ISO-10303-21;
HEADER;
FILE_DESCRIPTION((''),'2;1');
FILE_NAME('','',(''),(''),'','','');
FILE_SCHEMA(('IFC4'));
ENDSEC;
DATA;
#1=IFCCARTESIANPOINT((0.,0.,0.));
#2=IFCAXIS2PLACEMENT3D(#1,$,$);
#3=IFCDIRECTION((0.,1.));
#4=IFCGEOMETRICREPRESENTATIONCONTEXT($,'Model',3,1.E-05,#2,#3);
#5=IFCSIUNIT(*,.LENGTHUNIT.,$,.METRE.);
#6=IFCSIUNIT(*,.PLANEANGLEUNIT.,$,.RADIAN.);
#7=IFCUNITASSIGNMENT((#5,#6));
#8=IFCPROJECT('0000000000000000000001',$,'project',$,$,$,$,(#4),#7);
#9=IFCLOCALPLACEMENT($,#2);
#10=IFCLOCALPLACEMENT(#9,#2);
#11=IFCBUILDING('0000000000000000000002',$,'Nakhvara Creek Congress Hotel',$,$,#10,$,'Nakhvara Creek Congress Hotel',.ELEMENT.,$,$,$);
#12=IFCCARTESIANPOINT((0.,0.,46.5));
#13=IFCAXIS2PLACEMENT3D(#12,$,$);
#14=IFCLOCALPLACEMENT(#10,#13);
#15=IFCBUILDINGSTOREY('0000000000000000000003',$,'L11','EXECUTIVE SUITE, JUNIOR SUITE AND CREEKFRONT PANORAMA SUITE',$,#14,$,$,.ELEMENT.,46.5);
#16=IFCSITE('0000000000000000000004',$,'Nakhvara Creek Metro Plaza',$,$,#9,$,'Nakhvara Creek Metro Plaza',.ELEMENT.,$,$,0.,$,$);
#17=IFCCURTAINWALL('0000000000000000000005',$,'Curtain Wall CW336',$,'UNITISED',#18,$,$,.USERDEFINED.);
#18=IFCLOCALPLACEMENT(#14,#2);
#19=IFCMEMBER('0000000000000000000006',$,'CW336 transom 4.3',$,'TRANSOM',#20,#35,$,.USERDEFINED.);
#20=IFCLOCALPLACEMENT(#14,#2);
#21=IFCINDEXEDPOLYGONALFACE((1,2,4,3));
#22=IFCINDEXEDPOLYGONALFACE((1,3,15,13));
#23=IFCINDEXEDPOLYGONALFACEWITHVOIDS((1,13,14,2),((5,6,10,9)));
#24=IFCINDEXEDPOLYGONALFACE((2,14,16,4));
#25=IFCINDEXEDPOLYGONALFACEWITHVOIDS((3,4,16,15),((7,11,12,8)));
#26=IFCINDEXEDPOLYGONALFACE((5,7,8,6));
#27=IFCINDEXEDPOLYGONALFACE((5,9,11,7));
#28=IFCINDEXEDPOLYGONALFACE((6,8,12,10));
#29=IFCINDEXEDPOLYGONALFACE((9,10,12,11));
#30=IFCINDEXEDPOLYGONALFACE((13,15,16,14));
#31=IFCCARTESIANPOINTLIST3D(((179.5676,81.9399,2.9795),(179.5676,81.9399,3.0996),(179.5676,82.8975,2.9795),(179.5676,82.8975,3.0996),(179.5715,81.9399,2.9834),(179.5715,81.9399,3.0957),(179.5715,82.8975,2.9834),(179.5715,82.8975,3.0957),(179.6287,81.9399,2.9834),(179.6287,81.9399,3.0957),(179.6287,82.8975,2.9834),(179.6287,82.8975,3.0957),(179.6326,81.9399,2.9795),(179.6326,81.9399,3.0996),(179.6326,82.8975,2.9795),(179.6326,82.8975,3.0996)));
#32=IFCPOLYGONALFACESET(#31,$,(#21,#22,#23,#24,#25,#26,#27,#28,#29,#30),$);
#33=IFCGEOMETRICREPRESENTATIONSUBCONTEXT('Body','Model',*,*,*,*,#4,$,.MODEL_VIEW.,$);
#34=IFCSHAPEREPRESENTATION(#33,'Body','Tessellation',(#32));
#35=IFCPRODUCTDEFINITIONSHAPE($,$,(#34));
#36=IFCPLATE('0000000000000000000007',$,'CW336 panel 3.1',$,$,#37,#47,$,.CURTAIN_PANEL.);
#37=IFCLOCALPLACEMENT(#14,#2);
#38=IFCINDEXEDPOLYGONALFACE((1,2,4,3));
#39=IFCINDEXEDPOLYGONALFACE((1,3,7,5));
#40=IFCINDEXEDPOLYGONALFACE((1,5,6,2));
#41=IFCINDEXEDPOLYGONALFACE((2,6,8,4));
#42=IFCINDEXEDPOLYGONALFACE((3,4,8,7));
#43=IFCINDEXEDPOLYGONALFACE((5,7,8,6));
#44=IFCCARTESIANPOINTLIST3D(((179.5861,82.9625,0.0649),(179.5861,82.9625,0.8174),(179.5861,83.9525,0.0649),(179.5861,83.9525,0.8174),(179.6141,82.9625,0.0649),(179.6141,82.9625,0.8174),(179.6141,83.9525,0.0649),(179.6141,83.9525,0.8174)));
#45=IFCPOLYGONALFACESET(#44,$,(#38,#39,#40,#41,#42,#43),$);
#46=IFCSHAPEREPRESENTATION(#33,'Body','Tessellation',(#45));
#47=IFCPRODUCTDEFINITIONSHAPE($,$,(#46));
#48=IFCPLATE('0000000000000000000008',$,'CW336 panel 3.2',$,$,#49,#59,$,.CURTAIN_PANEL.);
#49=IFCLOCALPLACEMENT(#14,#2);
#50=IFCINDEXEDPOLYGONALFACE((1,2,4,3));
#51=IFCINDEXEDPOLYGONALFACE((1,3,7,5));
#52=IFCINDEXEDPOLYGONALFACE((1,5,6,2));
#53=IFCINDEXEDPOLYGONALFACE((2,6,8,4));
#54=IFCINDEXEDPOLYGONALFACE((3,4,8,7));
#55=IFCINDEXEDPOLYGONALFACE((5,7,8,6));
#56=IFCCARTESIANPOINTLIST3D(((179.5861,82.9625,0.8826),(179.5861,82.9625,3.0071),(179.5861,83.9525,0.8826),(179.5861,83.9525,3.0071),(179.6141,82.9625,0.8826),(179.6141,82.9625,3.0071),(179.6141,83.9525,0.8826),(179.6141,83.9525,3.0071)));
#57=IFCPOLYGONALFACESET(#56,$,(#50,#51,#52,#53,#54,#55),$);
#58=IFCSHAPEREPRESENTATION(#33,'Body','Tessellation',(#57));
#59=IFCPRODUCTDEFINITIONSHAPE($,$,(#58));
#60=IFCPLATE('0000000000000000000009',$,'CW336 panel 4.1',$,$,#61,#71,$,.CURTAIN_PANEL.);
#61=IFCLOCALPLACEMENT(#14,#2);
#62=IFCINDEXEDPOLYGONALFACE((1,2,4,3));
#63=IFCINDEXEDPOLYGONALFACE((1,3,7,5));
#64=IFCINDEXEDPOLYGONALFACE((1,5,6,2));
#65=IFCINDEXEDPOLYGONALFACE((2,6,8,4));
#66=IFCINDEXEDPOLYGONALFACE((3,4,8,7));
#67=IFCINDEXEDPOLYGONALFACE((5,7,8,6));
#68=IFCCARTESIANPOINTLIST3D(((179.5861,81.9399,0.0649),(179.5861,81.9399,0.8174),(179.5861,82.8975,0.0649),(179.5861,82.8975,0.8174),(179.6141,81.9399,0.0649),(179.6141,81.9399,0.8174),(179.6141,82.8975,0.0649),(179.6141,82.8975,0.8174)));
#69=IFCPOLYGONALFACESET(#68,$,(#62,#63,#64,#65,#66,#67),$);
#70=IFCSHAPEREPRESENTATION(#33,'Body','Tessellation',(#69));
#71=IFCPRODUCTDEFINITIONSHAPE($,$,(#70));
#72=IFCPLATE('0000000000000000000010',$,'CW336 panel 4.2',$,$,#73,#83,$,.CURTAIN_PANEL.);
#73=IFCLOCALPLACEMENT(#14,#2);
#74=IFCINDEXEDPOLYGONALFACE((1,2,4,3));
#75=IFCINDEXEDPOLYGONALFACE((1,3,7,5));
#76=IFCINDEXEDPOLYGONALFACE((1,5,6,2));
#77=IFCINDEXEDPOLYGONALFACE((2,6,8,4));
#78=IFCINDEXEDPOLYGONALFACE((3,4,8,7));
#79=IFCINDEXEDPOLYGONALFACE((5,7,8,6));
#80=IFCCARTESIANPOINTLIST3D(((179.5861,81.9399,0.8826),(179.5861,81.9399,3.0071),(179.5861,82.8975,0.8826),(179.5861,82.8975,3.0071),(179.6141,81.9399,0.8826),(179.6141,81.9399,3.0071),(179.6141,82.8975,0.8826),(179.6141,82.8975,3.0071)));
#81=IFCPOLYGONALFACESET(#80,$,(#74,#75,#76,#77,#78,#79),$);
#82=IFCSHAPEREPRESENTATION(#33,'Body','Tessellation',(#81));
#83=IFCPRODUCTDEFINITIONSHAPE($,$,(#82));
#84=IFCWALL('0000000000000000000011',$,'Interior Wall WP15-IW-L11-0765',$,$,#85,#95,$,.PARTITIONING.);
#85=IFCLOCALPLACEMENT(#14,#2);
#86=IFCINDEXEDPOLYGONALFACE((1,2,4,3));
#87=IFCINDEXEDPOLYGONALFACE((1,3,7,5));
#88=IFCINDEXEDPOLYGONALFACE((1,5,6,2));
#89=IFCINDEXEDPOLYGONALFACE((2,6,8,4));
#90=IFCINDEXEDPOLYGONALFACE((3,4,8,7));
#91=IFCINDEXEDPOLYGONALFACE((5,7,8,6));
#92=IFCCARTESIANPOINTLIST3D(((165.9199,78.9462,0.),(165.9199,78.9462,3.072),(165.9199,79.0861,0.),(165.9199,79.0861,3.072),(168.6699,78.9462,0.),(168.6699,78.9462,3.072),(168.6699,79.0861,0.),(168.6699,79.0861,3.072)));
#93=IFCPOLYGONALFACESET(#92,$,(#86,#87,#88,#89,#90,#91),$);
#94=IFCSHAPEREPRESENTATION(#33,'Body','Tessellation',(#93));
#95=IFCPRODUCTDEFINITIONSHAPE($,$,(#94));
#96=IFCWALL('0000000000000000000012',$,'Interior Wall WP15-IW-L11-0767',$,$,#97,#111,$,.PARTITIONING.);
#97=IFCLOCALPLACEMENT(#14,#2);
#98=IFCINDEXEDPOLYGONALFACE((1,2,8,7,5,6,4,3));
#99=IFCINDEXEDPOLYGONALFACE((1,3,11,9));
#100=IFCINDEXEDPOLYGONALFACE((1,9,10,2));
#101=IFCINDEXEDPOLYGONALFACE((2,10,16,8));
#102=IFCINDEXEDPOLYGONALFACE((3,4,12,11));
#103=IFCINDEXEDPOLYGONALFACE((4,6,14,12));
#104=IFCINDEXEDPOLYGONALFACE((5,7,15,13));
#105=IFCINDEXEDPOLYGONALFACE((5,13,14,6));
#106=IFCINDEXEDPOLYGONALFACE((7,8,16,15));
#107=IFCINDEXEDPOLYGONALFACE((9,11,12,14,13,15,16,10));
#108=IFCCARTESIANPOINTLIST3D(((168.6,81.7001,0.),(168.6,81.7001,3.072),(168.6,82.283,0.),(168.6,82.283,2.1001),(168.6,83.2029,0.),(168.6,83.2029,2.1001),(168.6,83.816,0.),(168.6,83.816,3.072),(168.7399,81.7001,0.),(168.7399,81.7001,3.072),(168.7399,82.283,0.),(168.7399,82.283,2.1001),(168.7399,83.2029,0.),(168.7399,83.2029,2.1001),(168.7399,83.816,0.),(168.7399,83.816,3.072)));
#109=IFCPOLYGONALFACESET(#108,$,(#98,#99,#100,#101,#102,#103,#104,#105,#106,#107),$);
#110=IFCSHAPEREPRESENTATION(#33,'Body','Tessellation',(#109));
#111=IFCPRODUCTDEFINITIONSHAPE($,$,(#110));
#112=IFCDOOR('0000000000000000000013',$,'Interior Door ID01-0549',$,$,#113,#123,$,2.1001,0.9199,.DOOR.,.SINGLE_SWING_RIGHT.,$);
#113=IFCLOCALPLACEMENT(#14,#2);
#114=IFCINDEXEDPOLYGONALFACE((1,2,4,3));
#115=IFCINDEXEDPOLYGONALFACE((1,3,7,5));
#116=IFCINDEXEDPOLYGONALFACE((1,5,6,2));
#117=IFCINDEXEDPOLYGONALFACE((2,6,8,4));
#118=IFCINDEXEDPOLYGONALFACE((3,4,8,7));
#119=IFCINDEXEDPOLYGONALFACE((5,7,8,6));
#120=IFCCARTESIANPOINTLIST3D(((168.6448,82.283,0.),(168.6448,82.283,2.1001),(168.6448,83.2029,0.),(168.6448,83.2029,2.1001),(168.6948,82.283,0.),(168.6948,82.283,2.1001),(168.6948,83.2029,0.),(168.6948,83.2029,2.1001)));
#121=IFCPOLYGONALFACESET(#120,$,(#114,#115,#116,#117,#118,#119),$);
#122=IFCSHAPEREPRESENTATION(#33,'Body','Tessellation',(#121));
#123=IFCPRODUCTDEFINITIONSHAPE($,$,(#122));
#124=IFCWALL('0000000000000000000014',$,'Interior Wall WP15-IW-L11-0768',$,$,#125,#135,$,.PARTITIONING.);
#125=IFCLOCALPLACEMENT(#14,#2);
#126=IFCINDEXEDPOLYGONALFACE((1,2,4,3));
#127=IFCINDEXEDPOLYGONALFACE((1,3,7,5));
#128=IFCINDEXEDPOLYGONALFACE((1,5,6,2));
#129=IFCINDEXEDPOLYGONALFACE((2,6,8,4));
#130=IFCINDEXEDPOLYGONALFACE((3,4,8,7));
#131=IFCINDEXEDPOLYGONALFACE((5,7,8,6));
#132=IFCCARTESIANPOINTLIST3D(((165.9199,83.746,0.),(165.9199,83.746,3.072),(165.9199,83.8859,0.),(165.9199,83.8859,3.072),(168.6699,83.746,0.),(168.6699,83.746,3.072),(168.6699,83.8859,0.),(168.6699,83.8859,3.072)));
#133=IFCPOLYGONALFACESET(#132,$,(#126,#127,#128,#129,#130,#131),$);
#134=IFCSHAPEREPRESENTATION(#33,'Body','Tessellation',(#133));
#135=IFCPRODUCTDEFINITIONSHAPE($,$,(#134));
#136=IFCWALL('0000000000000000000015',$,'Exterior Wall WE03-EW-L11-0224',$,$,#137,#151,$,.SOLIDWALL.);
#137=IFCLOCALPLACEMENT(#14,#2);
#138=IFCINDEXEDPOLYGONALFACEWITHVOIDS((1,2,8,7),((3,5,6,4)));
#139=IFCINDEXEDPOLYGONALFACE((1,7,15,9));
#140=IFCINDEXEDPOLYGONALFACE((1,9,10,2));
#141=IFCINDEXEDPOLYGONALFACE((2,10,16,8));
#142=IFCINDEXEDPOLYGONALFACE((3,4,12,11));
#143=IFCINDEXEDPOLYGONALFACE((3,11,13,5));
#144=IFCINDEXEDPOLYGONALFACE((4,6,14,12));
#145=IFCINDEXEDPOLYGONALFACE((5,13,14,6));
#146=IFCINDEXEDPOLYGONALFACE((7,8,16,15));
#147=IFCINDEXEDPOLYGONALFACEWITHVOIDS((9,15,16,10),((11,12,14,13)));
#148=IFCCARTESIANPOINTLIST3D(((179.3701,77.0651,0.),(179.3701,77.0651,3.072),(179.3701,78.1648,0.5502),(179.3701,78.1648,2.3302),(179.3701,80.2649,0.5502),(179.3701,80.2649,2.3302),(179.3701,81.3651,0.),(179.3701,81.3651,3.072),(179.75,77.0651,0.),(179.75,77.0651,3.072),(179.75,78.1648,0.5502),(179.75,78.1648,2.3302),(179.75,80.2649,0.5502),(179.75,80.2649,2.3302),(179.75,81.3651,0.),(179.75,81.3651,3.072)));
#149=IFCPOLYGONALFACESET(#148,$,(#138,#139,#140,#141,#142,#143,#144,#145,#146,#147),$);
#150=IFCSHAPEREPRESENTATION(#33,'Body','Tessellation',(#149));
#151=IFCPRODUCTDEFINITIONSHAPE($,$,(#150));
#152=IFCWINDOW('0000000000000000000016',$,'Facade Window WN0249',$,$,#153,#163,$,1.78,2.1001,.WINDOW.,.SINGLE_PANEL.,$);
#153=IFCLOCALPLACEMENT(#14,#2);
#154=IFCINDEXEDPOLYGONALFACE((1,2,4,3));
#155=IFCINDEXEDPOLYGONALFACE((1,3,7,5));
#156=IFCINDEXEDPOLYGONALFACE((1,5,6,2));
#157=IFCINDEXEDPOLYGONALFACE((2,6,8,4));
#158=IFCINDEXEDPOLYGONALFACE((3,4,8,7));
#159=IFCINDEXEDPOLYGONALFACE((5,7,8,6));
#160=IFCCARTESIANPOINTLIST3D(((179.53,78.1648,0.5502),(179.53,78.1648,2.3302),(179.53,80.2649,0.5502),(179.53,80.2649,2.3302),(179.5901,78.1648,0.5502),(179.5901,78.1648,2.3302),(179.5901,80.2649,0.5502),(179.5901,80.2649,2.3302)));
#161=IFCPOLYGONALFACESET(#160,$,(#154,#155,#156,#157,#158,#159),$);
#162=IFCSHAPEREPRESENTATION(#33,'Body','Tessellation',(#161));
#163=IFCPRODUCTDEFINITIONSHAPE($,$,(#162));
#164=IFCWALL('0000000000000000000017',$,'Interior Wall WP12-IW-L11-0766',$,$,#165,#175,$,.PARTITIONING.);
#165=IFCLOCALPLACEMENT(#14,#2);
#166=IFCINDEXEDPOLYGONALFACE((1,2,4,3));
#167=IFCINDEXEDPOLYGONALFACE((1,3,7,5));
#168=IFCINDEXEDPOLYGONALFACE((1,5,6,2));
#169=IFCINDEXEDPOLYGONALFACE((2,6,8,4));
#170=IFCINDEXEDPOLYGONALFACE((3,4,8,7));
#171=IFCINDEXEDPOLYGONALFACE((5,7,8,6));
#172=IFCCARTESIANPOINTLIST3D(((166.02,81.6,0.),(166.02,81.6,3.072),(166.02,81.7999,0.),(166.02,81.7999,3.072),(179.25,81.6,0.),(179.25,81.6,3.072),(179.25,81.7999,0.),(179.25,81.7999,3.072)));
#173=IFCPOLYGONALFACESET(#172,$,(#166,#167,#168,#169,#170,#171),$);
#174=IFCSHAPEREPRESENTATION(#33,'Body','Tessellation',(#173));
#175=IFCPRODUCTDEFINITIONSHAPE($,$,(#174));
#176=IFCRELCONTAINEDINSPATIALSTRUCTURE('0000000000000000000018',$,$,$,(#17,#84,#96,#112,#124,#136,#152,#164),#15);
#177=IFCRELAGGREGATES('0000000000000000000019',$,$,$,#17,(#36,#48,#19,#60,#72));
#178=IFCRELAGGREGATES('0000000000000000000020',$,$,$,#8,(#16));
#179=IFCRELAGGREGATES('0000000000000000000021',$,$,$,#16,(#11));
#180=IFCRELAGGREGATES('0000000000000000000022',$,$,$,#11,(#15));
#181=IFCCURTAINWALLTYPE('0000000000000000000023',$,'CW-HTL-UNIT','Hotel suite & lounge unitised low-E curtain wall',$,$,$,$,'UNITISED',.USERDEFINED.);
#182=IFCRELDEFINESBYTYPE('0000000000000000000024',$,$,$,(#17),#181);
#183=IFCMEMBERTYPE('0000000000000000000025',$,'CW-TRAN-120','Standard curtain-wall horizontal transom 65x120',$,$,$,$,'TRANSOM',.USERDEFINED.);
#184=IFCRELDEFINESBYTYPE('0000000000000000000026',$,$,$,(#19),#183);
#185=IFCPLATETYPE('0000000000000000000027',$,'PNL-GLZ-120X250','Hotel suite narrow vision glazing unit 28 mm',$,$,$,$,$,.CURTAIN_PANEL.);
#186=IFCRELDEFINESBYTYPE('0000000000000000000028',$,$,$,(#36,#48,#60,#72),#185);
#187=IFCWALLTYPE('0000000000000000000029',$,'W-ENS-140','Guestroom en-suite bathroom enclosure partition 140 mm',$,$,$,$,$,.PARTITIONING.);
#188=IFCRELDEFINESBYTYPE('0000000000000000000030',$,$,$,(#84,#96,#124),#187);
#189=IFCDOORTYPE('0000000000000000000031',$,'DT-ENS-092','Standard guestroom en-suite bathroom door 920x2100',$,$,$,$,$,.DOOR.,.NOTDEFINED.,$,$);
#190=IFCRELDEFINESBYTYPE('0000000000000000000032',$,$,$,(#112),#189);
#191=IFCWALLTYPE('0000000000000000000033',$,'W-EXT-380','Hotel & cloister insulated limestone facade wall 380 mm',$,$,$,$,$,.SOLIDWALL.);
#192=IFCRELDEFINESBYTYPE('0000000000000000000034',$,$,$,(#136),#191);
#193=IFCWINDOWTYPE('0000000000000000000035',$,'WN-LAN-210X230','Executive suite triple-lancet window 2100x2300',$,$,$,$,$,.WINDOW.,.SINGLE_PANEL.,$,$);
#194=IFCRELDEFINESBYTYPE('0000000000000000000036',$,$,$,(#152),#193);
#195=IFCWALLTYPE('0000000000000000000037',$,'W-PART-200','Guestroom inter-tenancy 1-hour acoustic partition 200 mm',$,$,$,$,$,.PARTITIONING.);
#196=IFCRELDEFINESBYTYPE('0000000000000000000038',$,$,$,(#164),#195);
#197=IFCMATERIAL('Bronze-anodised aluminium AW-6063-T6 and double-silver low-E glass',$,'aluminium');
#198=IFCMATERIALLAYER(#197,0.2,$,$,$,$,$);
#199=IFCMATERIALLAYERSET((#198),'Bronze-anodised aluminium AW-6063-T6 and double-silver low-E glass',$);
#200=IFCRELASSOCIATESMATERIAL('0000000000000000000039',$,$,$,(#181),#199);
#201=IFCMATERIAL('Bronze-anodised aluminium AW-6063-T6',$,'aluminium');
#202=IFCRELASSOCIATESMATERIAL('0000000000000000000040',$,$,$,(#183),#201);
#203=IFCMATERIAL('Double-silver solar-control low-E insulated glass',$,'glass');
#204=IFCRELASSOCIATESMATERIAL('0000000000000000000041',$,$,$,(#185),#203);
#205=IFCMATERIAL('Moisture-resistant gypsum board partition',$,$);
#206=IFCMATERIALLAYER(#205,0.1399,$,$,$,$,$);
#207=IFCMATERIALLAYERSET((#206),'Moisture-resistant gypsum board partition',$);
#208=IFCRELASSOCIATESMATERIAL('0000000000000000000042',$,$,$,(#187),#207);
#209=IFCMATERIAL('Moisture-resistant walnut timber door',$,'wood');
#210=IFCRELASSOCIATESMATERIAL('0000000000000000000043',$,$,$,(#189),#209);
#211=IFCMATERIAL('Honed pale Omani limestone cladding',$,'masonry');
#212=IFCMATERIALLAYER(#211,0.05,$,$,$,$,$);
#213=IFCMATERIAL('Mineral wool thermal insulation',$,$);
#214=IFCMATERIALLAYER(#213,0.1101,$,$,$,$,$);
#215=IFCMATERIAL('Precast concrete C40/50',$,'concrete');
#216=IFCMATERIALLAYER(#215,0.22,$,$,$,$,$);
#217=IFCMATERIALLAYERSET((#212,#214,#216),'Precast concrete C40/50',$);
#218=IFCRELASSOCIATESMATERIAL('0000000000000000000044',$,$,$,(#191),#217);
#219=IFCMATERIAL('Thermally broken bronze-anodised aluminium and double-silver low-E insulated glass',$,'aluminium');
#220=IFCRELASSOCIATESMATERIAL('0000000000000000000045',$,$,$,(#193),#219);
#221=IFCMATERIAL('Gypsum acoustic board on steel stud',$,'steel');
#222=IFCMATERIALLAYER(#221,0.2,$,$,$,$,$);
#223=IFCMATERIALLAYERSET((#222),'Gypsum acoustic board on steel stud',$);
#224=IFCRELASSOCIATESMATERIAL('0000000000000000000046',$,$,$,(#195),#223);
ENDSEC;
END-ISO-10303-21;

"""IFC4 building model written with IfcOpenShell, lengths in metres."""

from ifc_helpers import new_model, si_unit, direction, frame, frame_2d, origin, origin_2d, place, context, subcontext, project, spatial, rectangle, hollow_rectangle, extrude, material, layer, layer_set, material_profile, profile_set, type_object, element, fill, aggregate, save


model = new_model("IFC4")

# Units and contexts
model_context = context("Model", 3, precision=1e-05, world=origin(), true_north=direction((0.0, 1.0)))
body_context = subcontext(model_context, "Body", "Model", "MODEL_VIEW")
ifc_project = project(units=[si_unit("LENGTHUNIT", "METRE"), si_unit("PLANEANGLEUNIT", "RADIAN")], contexts=[model_context])

# Site, building, storey
site_placement = place(None, origin())
site = spatial("IfcSite", under=ifc_project, at=site_placement, Name="Nakhvara Creek Metro Plaza", LongName="Nakhvara Creek Metro Plaza", CompositionType="ELEMENT", RefElevation=0.0)
building_placement = place(site_placement, origin())
building = spatial("IfcBuilding", under=site, at=building_placement, Name="Nakhvara Creek Congress Hotel", LongName="Nakhvara Creek Congress Hotel", CompositionType="ELEMENT")
storey_placement = place(building_placement, frame((0.0, 0.0, 46.5)))
storey = spatial("IfcBuildingStorey", under=building, at=storey_placement, Name="L11", Description="EXECUTIVE SUITE, JUNIOR SUITE AND CREEKFRONT PANORAMA SUITE", CompositionType="ELEMENT", Elevation=46.5)

# Curtain wall, member, plates
ifc_material_1 = material(Name="Bronze-anodised aluminium AW-6063-T6 and double-silver low-E glass", Category="aluminium")
ifc_layer_1 = layer(ifc_material_1, 0.2)
ifc_layer_set_1 = layer_set([ifc_layer_1], Name="Bronze-anodised aluminium AW-6063-T6 and double-silver low-E glass")
curtain_wall_type = type_object("IfcCurtainWallType", Name="CW-HTL-UNIT", Description="Hotel suite & lounge unitised low-E curtain wall", ElementType="UNITISED", PredefinedType="USERDEFINED", material=ifc_layer_set_1)
curtain_wall_placement = place(storey_placement, origin())
curtain_wall = element("IfcCurtainWall", 1, at=curtain_wall_placement, inside=storey, type_object=curtain_wall_type, Name="Curtain Wall CW336", ObjectType="UNITISED", PredefinedType="USERDEFINED")
ifc_material_2 = material(Name="Bronze-anodised aluminium AW-6063-T6", Category="aluminium")
ifc_material_profile_1 = material_profile(ifc_material_2, hollow_rectangle(XDim=0.0649, YDim=0.1201, WallThickness=0.0039, at=origin_2d()), Name="ALU-TRAN 65x120x4", Category="LoadBearing")
ifc_profile_set_1 = profile_set([ifc_material_profile_1], Name="Bronze-anodised aluminium AW-6063-T6")
member_type_1 = type_object("IfcMemberType", Name="CW-TRAN-120", Description="Standard curtain-wall horizontal transom 65x120", ElementType="TRANSOM", PredefinedType="USERDEFINED", material=ifc_profile_set_1)
member_1_placement = place(storey_placement, frame((179.6001, 82.8975, 3.0396), z_axis=(0.0, -1.0, 0.0), x_axis=(1.0, 0.0, 0.0)))
member_1 = element("IfcMember", 2, at=member_1_placement, type_object=member_type_1, Name="CW336 transom 4.3", ObjectType="TRANSOM", PredefinedType="USERDEFINED", context=body_context, shape_type="SweptSolid", body=[
    extrude(hollow_rectangle(XDim=0.0649, YDim=0.1201, WallThickness=0.0039, at=origin_2d()), origin(), (0.0, 0.0, 1.0), 0.9575),
])
ifc_material_3 = material(Name="Double-silver solar-control low-E insulated glass", Category="glass")
plate_type = type_object("IfcPlateType", Name="PNL-GLZ-120X250", Description="Hotel suite narrow vision glazing unit 28 mm", PredefinedType="CURTAIN_PANEL", material=ifc_material_3)
plate_1_placement = place(storey_placement, frame((179.6001, 83.4575, 0.0649), z_axis=(0.0, 0.0, 1.0), x_axis=(0.0, -1.0, 0.0)))
plate_1 = element("IfcPlate", 3, at=plate_1_placement, type_object=plate_type, Name="CW336 panel 3.1", PredefinedType="CURTAIN_PANEL", context=body_context, shape_type="SweptSolid", body=[
    extrude(rectangle(XDim=0.99, YDim=0.0281, at=origin_2d()), origin(), (0.0, 0.0, 1.0), 0.7524),
])
plate_2_placement = place(storey_placement, frame((179.6001, 83.4575, 0.8826), z_axis=(0.0, 0.0, 1.0), x_axis=(0.0, -1.0, 0.0)))
plate_2 = element("IfcPlate", 4, at=plate_2_placement, type_object=plate_type, Name="CW336 panel 3.2", PredefinedType="CURTAIN_PANEL", context=body_context, shape_type="SweptSolid", body=[
    extrude(rectangle(XDim=0.99, YDim=0.0281, at=origin_2d()), origin(), (0.0, 0.0, 1.0), 2.1245),
])
plate_3_placement = place(storey_placement, frame((179.6001, 82.4187, 0.0649), z_axis=(0.0, 0.0, 1.0), x_axis=(0.0, -1.0, 0.0)))
plate_3 = element("IfcPlate", 5, at=plate_3_placement, type_object=plate_type, Name="CW336 panel 4.1", PredefinedType="CURTAIN_PANEL", context=body_context, shape_type="SweptSolid", body=[
    extrude(rectangle(XDim=0.9575, YDim=0.0281, at=origin_2d()), origin(), (0.0, 0.0, 1.0), 0.7524),
])
plate_4_placement = place(storey_placement, frame((179.6001, 82.4187, 0.8826), z_axis=(0.0, 0.0, 1.0), x_axis=(0.0, -1.0, 0.0)))
plate_4 = element("IfcPlate", 6, at=plate_4_placement, type_object=plate_type, Name="CW336 panel 4.2", PredefinedType="CURTAIN_PANEL", context=body_context, shape_type="SweptSolid", body=[
    extrude(rectangle(XDim=0.9575, YDim=0.0281, at=origin_2d()), origin(), (0.0, 0.0, 1.0), 2.1245),
])
aggregate(curtain_wall, [plate_1, plate_2, member_1, plate_3, plate_4])

# Wall
ifc_material_4 = material(Name="Moisture-resistant gypsum board partition")
ifc_layer_2 = layer(ifc_material_4, 0.1399)
ifc_layer_set_2 = layer_set([ifc_layer_2], Name="Moisture-resistant gypsum board partition")
wall_type_1 = type_object("IfcWallType", Name="W-ENS-140", Description="Guestroom en-suite bathroom enclosure partition 140 mm", PredefinedType="PARTITIONING", material=ifc_layer_set_2)
wall_1_placement = place(storey_placement, frame((165.9199, 79.0161, 0.0), z_axis=(0.0, 0.0, 1.0), x_axis=(1.0, 0.0, 0.0)))
element("IfcWall", 7, at=wall_1_placement, inside=storey, type_object=wall_type_1, Name="Interior Wall WP15-IW-L11-0765", PredefinedType="PARTITIONING", context=body_context, shape_type="SweptSolid", body=[
    extrude(rectangle(XDim=2.75, YDim=0.1399, at=frame_2d((1.375, 0.0))), origin(), (0.0, 0.0, 1.0), 3.072),
])

# Wall, opening, door
wall_2_placement = place(storey_placement, frame((168.6699, 81.7, 0.0), z_axis=(0.0, 0.0, 1.0), x_axis=(0.0, 1.0, 0.0)))
wall_2 = element("IfcWall", 8, at=wall_2_placement, inside=storey, type_object=wall_type_1, Name="Interior Wall WP15-IW-L11-0767", PredefinedType="PARTITIONING", context=body_context, shape_type="SweptSolid", body=[
    extrude(rectangle(XDim=2.116, YDim=0.1399, at=frame_2d((1.0581, 0.0))), origin(), (0.0, 0.0, 1.0), 3.072),
])
opening_1_placement = place(wall_2_placement, frame((0.583, 0.0, 0.0)))
opening_1 = element("IfcOpeningElement", 9, at=opening_1_placement, cuts=wall_2, PredefinedType="OPENING", context=body_context, shape_type="SweptSolid", body=[
    extrude(rectangle(XDim=0.9199, YDim=2.1001, at=frame_2d((0.46, 1.05))), frame((0.0, 0.082, 0.0), z_axis=(0.0, -1.0, 0.0), x_axis=(1.0, 0.0, 0.0)), (0.0, 0.0, 1.0), 0.1638),
])
ifc_material_5 = material(Name="Moisture-resistant walnut timber door", Category="wood")
door_type_1 = type_object("IfcDoorType", Name="DT-ENS-092", Description="Standard guestroom en-suite bathroom door 920x2100", OperationType="NOTDEFINED", PredefinedType="DOOR", material=ifc_material_5)
door_1_placement = place(opening_1_placement, frame((0.9199, 0.0, 0.0), z_axis=(0.0, 0.0, 1.0), x_axis=(-1.0, 0.0, 0.0)))
door_1 = element("IfcDoor", 10, at=door_1_placement, inside=storey, type_object=door_type_1, Name="Interior Door ID01-0549", OperationType="SINGLE_SWING_RIGHT", OverallHeight=2.1001, OverallWidth=0.9199, PredefinedType="DOOR", context=body_context, shape_type="SweptSolid", body=[
    extrude(rectangle(XDim=0.9199, YDim=2.1001, at=frame_2d((0.46, 1.05))), frame((0.0, 0.0249, 0.0), z_axis=(0.0, -1.0, 0.0), x_axis=(1.0, 0.0, 0.0)), (0.0, 0.0, 1.0), 0.05),
])
fill(opening_1, door_1)

# Wall
wall_3_placement = place(storey_placement, frame((165.9199, 83.8159, 0.0), z_axis=(0.0, 0.0, 1.0), x_axis=(1.0, 0.0, 0.0)))
element("IfcWall", 11, at=wall_3_placement, inside=storey, type_object=wall_type_1, Name="Interior Wall WP15-IW-L11-0768", PredefinedType="PARTITIONING", context=body_context, shape_type="SweptSolid", body=[
    extrude(rectangle(XDim=2.75, YDim=0.1399, at=frame_2d((1.375, 0.0))), origin(), (0.0, 0.0, 1.0), 3.072),
])

# Wall, opening, window
ifc_material_6 = material(Name="Honed pale Omani limestone cladding", Category="masonry")
ifc_layer_3 = layer(ifc_material_6, 0.05)
ifc_material_7 = material(Name="Mineral wool thermal insulation")
ifc_layer_4 = layer(ifc_material_7, 0.1101)
ifc_material_8 = material(Name="Precast concrete C40/50", Category="concrete")
ifc_layer_5 = layer(ifc_material_8, 0.22)
ifc_layer_set_3 = layer_set([ifc_layer_3, ifc_layer_4, ifc_layer_5], Name="Precast concrete C40/50")
wall_type_2 = type_object("IfcWallType", Name="W-EXT-380", Description="Hotel & cloister insulated limestone facade wall 380 mm", PredefinedType="SOLIDWALL", material=ifc_layer_set_3)
wall_4_placement = place(storey_placement, frame((179.5601, 81.365, 0.0), z_axis=(0.0, 0.0, 1.0), x_axis=(0.0, -1.0, 0.0)))
wall_4 = element("IfcWall", 12, at=wall_4_placement, inside=storey, type_object=wall_type_2, Name="Exterior Wall WE03-EW-L11-0224", PredefinedType="SOLIDWALL", context=body_context, shape_type="SweptSolid", body=[
    extrude(rectangle(XDim=4.3, YDim=0.3799, at=frame_2d((2.1499, 0.0))), origin(), (0.0, 0.0, 1.0), 3.072),
])
opening_2_placement = place(wall_4_placement, frame((1.1001, 0.0, 0.55)))
opening_2 = element("IfcOpeningElement", 13, at=opening_2_placement, cuts=wall_4, PredefinedType="OPENING", context=body_context, shape_type="SweptSolid", body=[
    extrude(rectangle(XDim=2.1001, YDim=1.78, at=frame_2d((1.05, 0.8901))), frame((0.0, 0.2019, 0.0), z_axis=(0.0, -1.0, 0.0), x_axis=(1.0, 0.0, 0.0)), (0.0, 0.0, 1.0), 0.4038),
])
ifc_material_9 = material(Name="Thermally broken bronze-anodised aluminium and double-silver low-E insulated glass", Category="aluminium")
window_type = type_object("IfcWindowType", Name="WN-LAN-210X230", Description="Executive suite triple-lancet window 2100x2300", PartitioningType="SINGLE_PANEL", PredefinedType="WINDOW", material=ifc_material_9)
window_placement = place(opening_2_placement, origin())
window = element("IfcWindow", 14, at=window_placement, inside=storey, type_object=window_type, Name="Facade Window WN0249", OverallHeight=1.78, OverallWidth=2.1001, PartitioningType="SINGLE_PANEL", PredefinedType="WINDOW", context=body_context, shape_type="SweptSolid", body=[
    extrude(rectangle(XDim=2.1001, YDim=1.78, at=frame_2d((1.05, 0.8901))), frame((0.0, 0.03, 0.0), z_axis=(0.0, -1.0, 0.0), x_axis=(1.0, 0.0, 0.0)), (0.0, 0.0, 1.0), 0.0601),
])
fill(opening_2, window)

# Wall
ifc_material_10 = material(Name="Gypsum acoustic board on steel stud", Category="steel")
ifc_layer_6 = layer(ifc_material_10, 0.2)
ifc_layer_set_4 = layer_set([ifc_layer_6], Name="Gypsum acoustic board on steel stud")
wall_type_3 = type_object("IfcWallType", Name="W-PART-200", Description="Guestroom inter-tenancy 1-hour acoustic partition 200 mm", PredefinedType="PARTITIONING", material=ifc_layer_set_4)
for number, where, z_axis, x_axis, name in (
    (15, (166.02, 81.7, 0.0), (0.0, 0.0, 1.0), (1.0, 0.0, 0.0), "Interior Wall WP12-IW-L11-0766"),
):
    element("IfcWall", number, at=place(storey_placement, frame(where, z_axis=z_axis, x_axis=x_axis)), inside=storey, type_object=wall_type_3, Name=name, PredefinedType="PARTITIONING", context=body_context, shape_type="SweptSolid", body=[
        extrude(rectangle(XDim=13.23, YDim=0.2, at=frame_2d((6.615, 0.0))), origin(), (0.0, 0.0, 1.0), 3.072),
    ])

save(model, "model.ifc")
